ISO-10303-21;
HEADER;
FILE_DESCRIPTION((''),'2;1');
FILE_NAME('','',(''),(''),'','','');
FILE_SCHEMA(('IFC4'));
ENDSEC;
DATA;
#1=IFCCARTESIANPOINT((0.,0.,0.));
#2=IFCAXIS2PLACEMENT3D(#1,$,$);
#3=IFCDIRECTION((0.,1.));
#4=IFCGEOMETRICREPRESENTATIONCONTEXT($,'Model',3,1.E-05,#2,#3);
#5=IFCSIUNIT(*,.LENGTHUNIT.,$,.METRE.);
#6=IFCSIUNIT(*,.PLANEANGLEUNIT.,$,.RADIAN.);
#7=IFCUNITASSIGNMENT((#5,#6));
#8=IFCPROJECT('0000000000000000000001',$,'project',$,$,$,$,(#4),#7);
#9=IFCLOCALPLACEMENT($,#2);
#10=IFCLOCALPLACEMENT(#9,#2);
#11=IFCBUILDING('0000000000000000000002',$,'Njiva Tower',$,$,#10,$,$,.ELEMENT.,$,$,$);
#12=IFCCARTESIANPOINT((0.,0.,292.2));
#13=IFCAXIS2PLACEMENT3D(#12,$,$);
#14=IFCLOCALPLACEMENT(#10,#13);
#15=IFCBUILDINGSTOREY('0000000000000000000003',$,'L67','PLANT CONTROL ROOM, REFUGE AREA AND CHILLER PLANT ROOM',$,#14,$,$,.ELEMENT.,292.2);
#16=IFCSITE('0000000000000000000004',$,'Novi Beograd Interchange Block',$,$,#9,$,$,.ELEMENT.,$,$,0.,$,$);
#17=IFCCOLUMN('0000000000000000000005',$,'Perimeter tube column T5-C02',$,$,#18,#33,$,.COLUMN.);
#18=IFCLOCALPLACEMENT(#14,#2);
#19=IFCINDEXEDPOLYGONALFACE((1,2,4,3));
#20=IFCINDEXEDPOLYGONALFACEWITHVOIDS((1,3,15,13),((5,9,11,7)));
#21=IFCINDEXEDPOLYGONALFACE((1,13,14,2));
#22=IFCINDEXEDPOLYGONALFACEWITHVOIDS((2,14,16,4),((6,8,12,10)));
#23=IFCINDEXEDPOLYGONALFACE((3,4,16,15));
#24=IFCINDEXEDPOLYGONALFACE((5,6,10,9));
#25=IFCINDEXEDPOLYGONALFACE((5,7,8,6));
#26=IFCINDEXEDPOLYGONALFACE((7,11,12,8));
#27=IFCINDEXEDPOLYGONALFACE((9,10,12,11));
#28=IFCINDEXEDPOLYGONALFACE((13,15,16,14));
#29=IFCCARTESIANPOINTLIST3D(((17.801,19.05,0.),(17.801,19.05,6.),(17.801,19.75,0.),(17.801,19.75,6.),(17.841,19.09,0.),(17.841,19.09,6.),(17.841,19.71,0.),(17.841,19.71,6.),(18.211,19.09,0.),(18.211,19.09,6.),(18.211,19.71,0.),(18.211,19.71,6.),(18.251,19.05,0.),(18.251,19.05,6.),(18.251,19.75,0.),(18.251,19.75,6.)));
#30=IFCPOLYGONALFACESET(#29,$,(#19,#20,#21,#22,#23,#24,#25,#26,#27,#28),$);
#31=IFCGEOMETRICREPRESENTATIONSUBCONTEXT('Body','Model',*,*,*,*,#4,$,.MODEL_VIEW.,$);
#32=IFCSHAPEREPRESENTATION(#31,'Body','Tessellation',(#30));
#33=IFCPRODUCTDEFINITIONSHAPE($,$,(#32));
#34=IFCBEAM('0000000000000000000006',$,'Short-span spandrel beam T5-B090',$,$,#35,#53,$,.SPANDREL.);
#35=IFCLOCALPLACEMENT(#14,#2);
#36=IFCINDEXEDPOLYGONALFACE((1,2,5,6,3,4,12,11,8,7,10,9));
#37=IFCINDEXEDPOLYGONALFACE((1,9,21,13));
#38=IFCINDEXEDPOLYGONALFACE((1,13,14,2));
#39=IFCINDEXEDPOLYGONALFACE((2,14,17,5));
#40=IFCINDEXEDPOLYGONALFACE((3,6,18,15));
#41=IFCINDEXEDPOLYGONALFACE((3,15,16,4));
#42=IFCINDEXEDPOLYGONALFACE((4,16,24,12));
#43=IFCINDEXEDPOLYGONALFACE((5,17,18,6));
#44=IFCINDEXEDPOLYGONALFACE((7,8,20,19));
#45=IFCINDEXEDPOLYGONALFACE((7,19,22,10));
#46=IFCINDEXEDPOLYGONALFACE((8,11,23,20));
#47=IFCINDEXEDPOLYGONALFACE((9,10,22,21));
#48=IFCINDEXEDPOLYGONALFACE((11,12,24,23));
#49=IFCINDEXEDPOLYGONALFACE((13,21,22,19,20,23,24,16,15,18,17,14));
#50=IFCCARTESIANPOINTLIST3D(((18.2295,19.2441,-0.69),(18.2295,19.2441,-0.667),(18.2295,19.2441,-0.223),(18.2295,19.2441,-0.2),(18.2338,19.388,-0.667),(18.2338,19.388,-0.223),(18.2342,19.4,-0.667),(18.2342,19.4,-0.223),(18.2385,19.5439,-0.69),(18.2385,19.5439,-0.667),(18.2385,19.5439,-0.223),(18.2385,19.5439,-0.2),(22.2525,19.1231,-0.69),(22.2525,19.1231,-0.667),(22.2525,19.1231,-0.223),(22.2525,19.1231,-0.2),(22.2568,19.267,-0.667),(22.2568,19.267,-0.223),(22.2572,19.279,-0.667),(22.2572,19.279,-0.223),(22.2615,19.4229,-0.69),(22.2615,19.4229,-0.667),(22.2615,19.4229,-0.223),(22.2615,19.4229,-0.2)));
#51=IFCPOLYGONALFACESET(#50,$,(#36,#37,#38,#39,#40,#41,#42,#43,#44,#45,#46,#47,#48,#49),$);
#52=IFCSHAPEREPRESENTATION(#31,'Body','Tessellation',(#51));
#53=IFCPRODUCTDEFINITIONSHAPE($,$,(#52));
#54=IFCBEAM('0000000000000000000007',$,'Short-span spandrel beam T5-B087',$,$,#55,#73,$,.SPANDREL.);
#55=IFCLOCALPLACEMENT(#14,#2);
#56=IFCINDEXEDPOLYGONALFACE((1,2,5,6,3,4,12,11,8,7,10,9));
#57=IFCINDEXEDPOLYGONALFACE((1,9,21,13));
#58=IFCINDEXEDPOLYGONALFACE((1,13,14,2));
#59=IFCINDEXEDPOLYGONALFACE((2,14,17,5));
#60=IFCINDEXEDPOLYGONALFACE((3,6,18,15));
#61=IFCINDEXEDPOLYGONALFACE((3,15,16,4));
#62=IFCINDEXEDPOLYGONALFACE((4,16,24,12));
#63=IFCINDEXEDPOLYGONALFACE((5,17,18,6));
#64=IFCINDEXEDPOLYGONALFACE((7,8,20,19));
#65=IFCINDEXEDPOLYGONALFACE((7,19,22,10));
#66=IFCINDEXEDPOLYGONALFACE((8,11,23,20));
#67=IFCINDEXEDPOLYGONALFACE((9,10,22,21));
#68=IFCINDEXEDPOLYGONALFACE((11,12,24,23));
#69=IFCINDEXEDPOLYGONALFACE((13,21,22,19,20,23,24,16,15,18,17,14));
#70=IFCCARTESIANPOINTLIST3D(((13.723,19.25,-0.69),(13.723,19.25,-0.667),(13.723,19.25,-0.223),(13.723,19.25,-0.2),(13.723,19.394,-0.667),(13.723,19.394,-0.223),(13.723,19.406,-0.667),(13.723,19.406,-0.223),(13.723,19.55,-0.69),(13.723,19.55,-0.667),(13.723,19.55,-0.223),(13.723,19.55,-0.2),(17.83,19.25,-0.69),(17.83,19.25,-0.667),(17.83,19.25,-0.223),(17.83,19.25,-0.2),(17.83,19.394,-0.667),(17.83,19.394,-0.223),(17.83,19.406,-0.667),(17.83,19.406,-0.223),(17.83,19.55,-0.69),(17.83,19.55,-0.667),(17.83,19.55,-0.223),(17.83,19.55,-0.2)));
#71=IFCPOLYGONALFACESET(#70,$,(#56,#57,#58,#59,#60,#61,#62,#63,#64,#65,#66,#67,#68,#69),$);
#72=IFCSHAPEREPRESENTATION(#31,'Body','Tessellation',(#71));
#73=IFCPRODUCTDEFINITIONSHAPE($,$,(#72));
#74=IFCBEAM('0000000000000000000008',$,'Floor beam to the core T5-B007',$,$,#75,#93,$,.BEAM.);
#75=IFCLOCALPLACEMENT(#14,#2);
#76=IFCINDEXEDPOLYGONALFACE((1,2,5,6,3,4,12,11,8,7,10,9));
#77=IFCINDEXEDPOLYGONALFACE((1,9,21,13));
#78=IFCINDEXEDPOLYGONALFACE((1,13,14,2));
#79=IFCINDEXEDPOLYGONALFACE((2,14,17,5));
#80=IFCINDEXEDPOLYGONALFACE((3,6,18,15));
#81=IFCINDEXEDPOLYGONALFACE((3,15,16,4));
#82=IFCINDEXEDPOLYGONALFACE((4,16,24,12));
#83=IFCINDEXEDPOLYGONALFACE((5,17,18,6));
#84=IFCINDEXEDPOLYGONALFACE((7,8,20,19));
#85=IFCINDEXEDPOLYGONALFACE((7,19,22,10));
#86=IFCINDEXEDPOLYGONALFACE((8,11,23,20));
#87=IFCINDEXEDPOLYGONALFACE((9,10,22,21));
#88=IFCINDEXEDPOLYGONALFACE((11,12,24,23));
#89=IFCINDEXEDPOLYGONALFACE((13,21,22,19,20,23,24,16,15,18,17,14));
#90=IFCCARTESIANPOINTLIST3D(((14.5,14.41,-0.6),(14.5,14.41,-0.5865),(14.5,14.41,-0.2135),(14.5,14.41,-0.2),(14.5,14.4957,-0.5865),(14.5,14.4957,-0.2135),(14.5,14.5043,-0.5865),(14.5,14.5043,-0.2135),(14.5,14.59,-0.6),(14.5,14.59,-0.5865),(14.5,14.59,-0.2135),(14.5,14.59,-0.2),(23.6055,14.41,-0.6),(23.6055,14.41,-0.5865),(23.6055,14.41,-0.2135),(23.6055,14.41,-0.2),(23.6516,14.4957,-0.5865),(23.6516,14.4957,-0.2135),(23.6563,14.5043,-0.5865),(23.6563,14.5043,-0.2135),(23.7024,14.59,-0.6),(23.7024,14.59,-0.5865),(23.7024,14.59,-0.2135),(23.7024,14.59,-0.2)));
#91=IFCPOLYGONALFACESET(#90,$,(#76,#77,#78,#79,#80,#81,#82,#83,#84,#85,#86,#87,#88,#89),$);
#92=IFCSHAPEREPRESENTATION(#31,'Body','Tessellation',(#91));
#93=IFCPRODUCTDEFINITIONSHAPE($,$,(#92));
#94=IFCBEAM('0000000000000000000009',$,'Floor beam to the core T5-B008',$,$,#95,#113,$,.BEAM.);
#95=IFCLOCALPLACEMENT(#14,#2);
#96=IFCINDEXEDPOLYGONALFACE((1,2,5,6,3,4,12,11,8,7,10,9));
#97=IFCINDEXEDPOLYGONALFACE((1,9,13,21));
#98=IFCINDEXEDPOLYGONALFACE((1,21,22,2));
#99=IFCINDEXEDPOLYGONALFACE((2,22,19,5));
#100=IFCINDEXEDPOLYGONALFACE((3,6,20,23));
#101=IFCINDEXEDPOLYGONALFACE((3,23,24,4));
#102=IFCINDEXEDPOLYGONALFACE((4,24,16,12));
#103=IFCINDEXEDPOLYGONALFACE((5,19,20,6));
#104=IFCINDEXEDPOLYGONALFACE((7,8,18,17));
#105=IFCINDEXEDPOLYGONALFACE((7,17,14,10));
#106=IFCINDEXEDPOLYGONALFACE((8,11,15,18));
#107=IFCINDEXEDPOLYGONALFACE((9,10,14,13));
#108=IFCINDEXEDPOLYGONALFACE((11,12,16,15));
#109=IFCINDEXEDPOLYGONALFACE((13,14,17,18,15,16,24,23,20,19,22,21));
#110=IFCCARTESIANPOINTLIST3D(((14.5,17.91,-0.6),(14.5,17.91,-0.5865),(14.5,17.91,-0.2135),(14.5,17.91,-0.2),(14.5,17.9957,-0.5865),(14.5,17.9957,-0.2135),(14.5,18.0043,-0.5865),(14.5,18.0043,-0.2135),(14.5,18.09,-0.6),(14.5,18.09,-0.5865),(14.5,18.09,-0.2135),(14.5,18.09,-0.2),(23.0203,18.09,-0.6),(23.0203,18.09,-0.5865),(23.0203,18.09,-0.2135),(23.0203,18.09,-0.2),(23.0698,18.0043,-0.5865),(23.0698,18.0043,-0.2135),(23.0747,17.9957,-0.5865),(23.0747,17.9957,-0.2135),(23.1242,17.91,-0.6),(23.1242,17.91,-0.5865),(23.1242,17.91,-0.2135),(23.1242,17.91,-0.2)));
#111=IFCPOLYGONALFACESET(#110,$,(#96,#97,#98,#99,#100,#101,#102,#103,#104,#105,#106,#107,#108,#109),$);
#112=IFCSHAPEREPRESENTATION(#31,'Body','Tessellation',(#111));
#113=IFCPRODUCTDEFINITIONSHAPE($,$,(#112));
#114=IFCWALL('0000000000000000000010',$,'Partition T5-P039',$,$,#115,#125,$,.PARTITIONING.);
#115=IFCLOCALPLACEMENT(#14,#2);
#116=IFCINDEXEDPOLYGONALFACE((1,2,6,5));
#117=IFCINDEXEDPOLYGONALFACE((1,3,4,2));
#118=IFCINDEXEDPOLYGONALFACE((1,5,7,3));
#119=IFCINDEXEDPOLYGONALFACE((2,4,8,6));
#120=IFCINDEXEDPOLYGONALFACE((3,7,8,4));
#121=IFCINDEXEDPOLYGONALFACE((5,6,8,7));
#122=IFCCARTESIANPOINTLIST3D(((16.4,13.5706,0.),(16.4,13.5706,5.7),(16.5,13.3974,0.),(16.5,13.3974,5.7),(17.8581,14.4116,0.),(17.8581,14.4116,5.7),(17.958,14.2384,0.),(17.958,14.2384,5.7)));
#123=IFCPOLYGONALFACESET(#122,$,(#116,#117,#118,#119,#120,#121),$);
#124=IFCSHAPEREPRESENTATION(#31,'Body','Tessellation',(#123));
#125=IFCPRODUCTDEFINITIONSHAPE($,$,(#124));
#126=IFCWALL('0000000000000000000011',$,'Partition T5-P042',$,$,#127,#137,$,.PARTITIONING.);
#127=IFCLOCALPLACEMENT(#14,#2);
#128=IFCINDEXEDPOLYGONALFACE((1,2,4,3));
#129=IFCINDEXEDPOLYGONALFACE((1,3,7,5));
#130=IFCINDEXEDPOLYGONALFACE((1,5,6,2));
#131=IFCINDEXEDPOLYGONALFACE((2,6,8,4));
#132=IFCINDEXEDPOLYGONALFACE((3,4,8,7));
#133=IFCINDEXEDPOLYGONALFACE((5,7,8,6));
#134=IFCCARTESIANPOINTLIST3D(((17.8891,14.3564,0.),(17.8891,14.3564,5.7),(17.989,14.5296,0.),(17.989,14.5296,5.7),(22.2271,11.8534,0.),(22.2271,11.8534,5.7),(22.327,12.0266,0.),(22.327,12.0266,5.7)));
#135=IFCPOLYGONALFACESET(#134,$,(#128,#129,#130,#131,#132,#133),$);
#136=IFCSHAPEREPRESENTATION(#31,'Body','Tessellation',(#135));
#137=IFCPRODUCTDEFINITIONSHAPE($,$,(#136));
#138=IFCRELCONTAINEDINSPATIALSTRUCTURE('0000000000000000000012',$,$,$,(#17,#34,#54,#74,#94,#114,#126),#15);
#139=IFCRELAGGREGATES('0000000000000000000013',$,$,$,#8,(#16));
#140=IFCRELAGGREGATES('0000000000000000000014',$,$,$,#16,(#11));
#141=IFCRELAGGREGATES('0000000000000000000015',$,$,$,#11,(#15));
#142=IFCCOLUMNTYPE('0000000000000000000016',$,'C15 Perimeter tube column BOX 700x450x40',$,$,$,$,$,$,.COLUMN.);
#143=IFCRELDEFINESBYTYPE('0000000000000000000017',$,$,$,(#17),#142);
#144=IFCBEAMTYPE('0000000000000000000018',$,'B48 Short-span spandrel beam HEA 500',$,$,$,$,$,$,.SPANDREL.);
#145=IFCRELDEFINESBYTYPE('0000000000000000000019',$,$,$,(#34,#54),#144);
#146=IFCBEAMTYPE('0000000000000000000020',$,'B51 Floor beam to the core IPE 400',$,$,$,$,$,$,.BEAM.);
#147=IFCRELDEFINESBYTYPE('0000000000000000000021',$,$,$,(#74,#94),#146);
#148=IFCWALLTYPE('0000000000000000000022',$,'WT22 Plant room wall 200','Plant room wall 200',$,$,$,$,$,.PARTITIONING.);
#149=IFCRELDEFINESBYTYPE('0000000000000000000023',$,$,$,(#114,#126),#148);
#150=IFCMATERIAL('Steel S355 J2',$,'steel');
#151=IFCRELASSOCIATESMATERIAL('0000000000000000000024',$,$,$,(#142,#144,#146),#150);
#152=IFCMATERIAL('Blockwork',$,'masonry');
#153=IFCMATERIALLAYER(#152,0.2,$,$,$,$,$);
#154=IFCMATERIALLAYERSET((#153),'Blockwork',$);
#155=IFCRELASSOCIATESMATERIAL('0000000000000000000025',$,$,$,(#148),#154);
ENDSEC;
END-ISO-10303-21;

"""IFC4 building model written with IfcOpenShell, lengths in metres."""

from ifc_helpers import new_model, si_unit, direction, frame, frame_2d, origin, origin_2d, place, context, subcontext, project, spatial, rectangle, hollow_rectangle, i_section, extrude, clip, halfspace, material, layer, layer_set, material_profile, profile_set, type_object, element, save


model = new_model("IFC4")

# Units and contexts
model_context = context("Model", 3, precision=1e-05, world=origin(), true_north=direction((0.0, 1.0)))
body_context = subcontext(model_context, "Body", "Model", "MODEL_VIEW")
ifc_project = project(units=[si_unit("LENGTHUNIT", "METRE"), si_unit("PLANEANGLEUNIT", "RADIAN")], contexts=[model_context])

# Site, building, storey
site_placement = place(None, origin())
site = spatial("IfcSite", under=ifc_project, at=site_placement, Name="Novi Beograd Interchange Block", CompositionType="ELEMENT", RefElevation=0.0)
building_placement = place(site_placement, origin())
building = spatial("IfcBuilding", under=site, at=building_placement, Name="Njiva Tower", CompositionType="ELEMENT")
storey_placement = place(building_placement, frame((0.0, 0.0, 292.2)))
storey = spatial("IfcBuildingStorey", under=building, at=storey_placement, Name="L67", Description="PLANT CONTROL ROOM, REFUGE AREA AND CHILLER PLANT ROOM", CompositionType="ELEMENT", Elevation=292.2)

# Column
ifc_material_1 = material(Name="Steel S355 J2", Category="steel")
ifc_material_profile_1 = material_profile(ifc_material_1, hollow_rectangle(XDim=0.45, YDim=0.7, WallThickness=0.04, at=origin_2d()), Name="BOX 700x450x40")
ifc_profile_set_1 = profile_set([ifc_material_profile_1], Name="Steel S355 J2")
column_type = type_object("IfcColumnType", Name="C15 Perimeter tube column BOX 700x450x40", PredefinedType="COLUMN", material=ifc_profile_set_1)
column_placement = place(storey_placement, frame((18.026, 19.4, 0.0), z_axis=(0.0, 0.0, 1.0), x_axis=(-1.0, 0.0, 0.0)))
element("IfcColumn", 1, at=column_placement, inside=storey, type_object=column_type, Name="Perimeter tube column T5-C02", PredefinedType="COLUMN", context=body_context, shape_type="SweptSolid", body=[
    extrude(hollow_rectangle(XDim=0.45, YDim=0.7, WallThickness=0.04, at=origin_2d()), origin(), (0.0, 0.0, 1.0), 6.0),
])

# Beams
ifc_material_profile_2 = material_profile(ifc_material_1, i_section(OverallWidth=0.3, OverallDepth=0.49, WebThickness=0.012, FlangeThickness=0.023, at=origin_2d()), Name="HEA 500")
ifc_profile_set_2 = profile_set([ifc_material_profile_2], Name="Steel S355 J2")
beam_type_1 = type_object("IfcBeamType", Name="B48 Short-span spandrel beam HEA 500", PredefinedType="SPANDREL", material=ifc_profile_set_2)
beam_1_placement = place(storey_placement, frame((22.257, 19.273, -0.445), z_axis=(-0.999548, 0.030063, 0.0), x_axis=(-0.030063, -0.999548, 0.0)))
element("IfcBeam", 2, at=beam_1_placement, inside=storey, type_object=beam_type_1, Name="Short-span spandrel beam T5-B090", PredefinedType="SPANDREL", context=body_context, shape_type="SweptSolid", body=[
    extrude(i_section(OverallWidth=0.3, OverallDepth=0.49, WebThickness=0.012, FlangeThickness=0.023, at=origin_2d()), origin(), (0.0, 0.0, 1.0), 4.0248),
])
beam_2_placement = place(storey_placement, frame((17.83, 19.4, -0.445), z_axis=(-1.0, 0.0, 0.0), x_axis=(0.0, -1.0, 0.0)))
element("IfcBeam", 3, at=beam_2_placement, inside=storey, type_object=beam_type_1, Name="Short-span spandrel beam T5-B087", PredefinedType="SPANDREL", context=body_context, shape_type="SweptSolid", body=[
    extrude(i_section(OverallWidth=0.3, OverallDepth=0.49, WebThickness=0.012, FlangeThickness=0.023, at=origin_2d()), origin(), (0.0, 0.0, 1.0), 4.107),
])
ifc_material_profile_3 = material_profile(ifc_material_1, i_section(OverallWidth=0.18, OverallDepth=0.4, WebThickness=0.0086, FlangeThickness=0.0135, at=origin_2d()), Name="IPE 400")
ifc_profile_set_3 = profile_set([ifc_material_profile_3], Name="Steel S355 J2")
beam_type_2 = type_object("IfcBeamType", Name="B51 Floor beam to the core IPE 400", PredefinedType="BEAM", material=ifc_profile_set_3)
beam_3_placement = place(storey_placement, frame((14.5, 14.5, -0.4), z_axis=(1.0, 0.0, 0.0), x_axis=(0.0, 1.0, 0.0)))
element("IfcBeam", 4, at=beam_3_placement, inside=storey, type_object=beam_type_2, Name="Floor beam to the core T5-B007", PredefinedType="BEAM", context=body_context, shape_type="Clipping", body=[
    clip(extrude(i_section(OverallWidth=0.18, OverallDepth=0.4, WebThickness=0.0086, FlangeThickness=0.0135, at=origin_2d()), origin(), (0.0, 0.0, 1.0), 9.222), halfspace(frame((-0.0237, 0.0, 9.1412), z_axis=(-0.473762, 0.0, 0.880653), x_axis=(0.0, 1.0, 0.0)), False)),
])
beam_4_placement = place(storey_placement, frame((14.5, 18.0, -0.4), z_axis=(1.0, 0.0, 0.0), x_axis=(0.0, 1.0, 0.0)))
element("IfcBeam", 5, at=beam_4_placement, inside=storey, type_object=beam_type_2, Name="Floor beam to the core T5-B008", PredefinedType="BEAM", context=body_context, shape_type="Clipping", body=[
    clip(extrude(i_section(OverallWidth=0.18, OverallDepth=0.4, WebThickness=0.0086, FlangeThickness=0.0135, at=origin_2d()), origin(), (0.0, 0.0, 1.0), 8.644), halfspace(frame((0.025, 0.0, 8.5578), z_axis=(0.499998, 0.0, 0.866027), x_axis=(0.0, 1.0, 0.0)), False)),
])

# Walls
ifc_material_2 = material(Name="Blockwork", Category="masonry")
ifc_layer = layer(ifc_material_2, 0.2)
ifc_layer_set = layer_set([ifc_layer], Name="Blockwork")
wall_type = type_object("IfcWallType", Name="WT22 Plant room wall 200", Description="Plant room wall 200", PredefinedType="PARTITIONING", material=ifc_layer_set)
wall_1_placement = place(storey_placement, frame((16.45, 13.484, 0.0), z_axis=(0.0, 0.0, 1.0), x_axis=(0.866225, 0.499654, 0.0)))
element("IfcWall", 6, at=wall_1_placement, inside=storey, type_object=wall_type, Name="Partition T5-P039", PredefinedType="PARTITIONING", context=body_context, shape_type="SweptSolid", body=[
    extrude(rectangle(XDim=1.6832, YDim=0.2, at=frame_2d((0.8416, 0.0))), origin(), (0.0, 0.0, 1.0), 5.7),
])
wall_2_placement = place(storey_placement, frame((17.939, 14.443, 0.0), z_axis=(0.0, 0.0, 1.0), x_axis=(0.866159, -0.499769, 0.0)))
element("IfcWall", 7, at=wall_2_placement, inside=storey, type_object=wall_type, Name="Partition T5-P042", PredefinedType="PARTITIONING", context=body_context, shape_type="SweptSolid", body=[
    extrude(rectangle(XDim=5.0083, YDim=0.2, at=frame_2d((2.5042, 0.0))), origin(), (0.0, 0.0, 1.0), 5.7),
])

save(model, "model.ifc")
